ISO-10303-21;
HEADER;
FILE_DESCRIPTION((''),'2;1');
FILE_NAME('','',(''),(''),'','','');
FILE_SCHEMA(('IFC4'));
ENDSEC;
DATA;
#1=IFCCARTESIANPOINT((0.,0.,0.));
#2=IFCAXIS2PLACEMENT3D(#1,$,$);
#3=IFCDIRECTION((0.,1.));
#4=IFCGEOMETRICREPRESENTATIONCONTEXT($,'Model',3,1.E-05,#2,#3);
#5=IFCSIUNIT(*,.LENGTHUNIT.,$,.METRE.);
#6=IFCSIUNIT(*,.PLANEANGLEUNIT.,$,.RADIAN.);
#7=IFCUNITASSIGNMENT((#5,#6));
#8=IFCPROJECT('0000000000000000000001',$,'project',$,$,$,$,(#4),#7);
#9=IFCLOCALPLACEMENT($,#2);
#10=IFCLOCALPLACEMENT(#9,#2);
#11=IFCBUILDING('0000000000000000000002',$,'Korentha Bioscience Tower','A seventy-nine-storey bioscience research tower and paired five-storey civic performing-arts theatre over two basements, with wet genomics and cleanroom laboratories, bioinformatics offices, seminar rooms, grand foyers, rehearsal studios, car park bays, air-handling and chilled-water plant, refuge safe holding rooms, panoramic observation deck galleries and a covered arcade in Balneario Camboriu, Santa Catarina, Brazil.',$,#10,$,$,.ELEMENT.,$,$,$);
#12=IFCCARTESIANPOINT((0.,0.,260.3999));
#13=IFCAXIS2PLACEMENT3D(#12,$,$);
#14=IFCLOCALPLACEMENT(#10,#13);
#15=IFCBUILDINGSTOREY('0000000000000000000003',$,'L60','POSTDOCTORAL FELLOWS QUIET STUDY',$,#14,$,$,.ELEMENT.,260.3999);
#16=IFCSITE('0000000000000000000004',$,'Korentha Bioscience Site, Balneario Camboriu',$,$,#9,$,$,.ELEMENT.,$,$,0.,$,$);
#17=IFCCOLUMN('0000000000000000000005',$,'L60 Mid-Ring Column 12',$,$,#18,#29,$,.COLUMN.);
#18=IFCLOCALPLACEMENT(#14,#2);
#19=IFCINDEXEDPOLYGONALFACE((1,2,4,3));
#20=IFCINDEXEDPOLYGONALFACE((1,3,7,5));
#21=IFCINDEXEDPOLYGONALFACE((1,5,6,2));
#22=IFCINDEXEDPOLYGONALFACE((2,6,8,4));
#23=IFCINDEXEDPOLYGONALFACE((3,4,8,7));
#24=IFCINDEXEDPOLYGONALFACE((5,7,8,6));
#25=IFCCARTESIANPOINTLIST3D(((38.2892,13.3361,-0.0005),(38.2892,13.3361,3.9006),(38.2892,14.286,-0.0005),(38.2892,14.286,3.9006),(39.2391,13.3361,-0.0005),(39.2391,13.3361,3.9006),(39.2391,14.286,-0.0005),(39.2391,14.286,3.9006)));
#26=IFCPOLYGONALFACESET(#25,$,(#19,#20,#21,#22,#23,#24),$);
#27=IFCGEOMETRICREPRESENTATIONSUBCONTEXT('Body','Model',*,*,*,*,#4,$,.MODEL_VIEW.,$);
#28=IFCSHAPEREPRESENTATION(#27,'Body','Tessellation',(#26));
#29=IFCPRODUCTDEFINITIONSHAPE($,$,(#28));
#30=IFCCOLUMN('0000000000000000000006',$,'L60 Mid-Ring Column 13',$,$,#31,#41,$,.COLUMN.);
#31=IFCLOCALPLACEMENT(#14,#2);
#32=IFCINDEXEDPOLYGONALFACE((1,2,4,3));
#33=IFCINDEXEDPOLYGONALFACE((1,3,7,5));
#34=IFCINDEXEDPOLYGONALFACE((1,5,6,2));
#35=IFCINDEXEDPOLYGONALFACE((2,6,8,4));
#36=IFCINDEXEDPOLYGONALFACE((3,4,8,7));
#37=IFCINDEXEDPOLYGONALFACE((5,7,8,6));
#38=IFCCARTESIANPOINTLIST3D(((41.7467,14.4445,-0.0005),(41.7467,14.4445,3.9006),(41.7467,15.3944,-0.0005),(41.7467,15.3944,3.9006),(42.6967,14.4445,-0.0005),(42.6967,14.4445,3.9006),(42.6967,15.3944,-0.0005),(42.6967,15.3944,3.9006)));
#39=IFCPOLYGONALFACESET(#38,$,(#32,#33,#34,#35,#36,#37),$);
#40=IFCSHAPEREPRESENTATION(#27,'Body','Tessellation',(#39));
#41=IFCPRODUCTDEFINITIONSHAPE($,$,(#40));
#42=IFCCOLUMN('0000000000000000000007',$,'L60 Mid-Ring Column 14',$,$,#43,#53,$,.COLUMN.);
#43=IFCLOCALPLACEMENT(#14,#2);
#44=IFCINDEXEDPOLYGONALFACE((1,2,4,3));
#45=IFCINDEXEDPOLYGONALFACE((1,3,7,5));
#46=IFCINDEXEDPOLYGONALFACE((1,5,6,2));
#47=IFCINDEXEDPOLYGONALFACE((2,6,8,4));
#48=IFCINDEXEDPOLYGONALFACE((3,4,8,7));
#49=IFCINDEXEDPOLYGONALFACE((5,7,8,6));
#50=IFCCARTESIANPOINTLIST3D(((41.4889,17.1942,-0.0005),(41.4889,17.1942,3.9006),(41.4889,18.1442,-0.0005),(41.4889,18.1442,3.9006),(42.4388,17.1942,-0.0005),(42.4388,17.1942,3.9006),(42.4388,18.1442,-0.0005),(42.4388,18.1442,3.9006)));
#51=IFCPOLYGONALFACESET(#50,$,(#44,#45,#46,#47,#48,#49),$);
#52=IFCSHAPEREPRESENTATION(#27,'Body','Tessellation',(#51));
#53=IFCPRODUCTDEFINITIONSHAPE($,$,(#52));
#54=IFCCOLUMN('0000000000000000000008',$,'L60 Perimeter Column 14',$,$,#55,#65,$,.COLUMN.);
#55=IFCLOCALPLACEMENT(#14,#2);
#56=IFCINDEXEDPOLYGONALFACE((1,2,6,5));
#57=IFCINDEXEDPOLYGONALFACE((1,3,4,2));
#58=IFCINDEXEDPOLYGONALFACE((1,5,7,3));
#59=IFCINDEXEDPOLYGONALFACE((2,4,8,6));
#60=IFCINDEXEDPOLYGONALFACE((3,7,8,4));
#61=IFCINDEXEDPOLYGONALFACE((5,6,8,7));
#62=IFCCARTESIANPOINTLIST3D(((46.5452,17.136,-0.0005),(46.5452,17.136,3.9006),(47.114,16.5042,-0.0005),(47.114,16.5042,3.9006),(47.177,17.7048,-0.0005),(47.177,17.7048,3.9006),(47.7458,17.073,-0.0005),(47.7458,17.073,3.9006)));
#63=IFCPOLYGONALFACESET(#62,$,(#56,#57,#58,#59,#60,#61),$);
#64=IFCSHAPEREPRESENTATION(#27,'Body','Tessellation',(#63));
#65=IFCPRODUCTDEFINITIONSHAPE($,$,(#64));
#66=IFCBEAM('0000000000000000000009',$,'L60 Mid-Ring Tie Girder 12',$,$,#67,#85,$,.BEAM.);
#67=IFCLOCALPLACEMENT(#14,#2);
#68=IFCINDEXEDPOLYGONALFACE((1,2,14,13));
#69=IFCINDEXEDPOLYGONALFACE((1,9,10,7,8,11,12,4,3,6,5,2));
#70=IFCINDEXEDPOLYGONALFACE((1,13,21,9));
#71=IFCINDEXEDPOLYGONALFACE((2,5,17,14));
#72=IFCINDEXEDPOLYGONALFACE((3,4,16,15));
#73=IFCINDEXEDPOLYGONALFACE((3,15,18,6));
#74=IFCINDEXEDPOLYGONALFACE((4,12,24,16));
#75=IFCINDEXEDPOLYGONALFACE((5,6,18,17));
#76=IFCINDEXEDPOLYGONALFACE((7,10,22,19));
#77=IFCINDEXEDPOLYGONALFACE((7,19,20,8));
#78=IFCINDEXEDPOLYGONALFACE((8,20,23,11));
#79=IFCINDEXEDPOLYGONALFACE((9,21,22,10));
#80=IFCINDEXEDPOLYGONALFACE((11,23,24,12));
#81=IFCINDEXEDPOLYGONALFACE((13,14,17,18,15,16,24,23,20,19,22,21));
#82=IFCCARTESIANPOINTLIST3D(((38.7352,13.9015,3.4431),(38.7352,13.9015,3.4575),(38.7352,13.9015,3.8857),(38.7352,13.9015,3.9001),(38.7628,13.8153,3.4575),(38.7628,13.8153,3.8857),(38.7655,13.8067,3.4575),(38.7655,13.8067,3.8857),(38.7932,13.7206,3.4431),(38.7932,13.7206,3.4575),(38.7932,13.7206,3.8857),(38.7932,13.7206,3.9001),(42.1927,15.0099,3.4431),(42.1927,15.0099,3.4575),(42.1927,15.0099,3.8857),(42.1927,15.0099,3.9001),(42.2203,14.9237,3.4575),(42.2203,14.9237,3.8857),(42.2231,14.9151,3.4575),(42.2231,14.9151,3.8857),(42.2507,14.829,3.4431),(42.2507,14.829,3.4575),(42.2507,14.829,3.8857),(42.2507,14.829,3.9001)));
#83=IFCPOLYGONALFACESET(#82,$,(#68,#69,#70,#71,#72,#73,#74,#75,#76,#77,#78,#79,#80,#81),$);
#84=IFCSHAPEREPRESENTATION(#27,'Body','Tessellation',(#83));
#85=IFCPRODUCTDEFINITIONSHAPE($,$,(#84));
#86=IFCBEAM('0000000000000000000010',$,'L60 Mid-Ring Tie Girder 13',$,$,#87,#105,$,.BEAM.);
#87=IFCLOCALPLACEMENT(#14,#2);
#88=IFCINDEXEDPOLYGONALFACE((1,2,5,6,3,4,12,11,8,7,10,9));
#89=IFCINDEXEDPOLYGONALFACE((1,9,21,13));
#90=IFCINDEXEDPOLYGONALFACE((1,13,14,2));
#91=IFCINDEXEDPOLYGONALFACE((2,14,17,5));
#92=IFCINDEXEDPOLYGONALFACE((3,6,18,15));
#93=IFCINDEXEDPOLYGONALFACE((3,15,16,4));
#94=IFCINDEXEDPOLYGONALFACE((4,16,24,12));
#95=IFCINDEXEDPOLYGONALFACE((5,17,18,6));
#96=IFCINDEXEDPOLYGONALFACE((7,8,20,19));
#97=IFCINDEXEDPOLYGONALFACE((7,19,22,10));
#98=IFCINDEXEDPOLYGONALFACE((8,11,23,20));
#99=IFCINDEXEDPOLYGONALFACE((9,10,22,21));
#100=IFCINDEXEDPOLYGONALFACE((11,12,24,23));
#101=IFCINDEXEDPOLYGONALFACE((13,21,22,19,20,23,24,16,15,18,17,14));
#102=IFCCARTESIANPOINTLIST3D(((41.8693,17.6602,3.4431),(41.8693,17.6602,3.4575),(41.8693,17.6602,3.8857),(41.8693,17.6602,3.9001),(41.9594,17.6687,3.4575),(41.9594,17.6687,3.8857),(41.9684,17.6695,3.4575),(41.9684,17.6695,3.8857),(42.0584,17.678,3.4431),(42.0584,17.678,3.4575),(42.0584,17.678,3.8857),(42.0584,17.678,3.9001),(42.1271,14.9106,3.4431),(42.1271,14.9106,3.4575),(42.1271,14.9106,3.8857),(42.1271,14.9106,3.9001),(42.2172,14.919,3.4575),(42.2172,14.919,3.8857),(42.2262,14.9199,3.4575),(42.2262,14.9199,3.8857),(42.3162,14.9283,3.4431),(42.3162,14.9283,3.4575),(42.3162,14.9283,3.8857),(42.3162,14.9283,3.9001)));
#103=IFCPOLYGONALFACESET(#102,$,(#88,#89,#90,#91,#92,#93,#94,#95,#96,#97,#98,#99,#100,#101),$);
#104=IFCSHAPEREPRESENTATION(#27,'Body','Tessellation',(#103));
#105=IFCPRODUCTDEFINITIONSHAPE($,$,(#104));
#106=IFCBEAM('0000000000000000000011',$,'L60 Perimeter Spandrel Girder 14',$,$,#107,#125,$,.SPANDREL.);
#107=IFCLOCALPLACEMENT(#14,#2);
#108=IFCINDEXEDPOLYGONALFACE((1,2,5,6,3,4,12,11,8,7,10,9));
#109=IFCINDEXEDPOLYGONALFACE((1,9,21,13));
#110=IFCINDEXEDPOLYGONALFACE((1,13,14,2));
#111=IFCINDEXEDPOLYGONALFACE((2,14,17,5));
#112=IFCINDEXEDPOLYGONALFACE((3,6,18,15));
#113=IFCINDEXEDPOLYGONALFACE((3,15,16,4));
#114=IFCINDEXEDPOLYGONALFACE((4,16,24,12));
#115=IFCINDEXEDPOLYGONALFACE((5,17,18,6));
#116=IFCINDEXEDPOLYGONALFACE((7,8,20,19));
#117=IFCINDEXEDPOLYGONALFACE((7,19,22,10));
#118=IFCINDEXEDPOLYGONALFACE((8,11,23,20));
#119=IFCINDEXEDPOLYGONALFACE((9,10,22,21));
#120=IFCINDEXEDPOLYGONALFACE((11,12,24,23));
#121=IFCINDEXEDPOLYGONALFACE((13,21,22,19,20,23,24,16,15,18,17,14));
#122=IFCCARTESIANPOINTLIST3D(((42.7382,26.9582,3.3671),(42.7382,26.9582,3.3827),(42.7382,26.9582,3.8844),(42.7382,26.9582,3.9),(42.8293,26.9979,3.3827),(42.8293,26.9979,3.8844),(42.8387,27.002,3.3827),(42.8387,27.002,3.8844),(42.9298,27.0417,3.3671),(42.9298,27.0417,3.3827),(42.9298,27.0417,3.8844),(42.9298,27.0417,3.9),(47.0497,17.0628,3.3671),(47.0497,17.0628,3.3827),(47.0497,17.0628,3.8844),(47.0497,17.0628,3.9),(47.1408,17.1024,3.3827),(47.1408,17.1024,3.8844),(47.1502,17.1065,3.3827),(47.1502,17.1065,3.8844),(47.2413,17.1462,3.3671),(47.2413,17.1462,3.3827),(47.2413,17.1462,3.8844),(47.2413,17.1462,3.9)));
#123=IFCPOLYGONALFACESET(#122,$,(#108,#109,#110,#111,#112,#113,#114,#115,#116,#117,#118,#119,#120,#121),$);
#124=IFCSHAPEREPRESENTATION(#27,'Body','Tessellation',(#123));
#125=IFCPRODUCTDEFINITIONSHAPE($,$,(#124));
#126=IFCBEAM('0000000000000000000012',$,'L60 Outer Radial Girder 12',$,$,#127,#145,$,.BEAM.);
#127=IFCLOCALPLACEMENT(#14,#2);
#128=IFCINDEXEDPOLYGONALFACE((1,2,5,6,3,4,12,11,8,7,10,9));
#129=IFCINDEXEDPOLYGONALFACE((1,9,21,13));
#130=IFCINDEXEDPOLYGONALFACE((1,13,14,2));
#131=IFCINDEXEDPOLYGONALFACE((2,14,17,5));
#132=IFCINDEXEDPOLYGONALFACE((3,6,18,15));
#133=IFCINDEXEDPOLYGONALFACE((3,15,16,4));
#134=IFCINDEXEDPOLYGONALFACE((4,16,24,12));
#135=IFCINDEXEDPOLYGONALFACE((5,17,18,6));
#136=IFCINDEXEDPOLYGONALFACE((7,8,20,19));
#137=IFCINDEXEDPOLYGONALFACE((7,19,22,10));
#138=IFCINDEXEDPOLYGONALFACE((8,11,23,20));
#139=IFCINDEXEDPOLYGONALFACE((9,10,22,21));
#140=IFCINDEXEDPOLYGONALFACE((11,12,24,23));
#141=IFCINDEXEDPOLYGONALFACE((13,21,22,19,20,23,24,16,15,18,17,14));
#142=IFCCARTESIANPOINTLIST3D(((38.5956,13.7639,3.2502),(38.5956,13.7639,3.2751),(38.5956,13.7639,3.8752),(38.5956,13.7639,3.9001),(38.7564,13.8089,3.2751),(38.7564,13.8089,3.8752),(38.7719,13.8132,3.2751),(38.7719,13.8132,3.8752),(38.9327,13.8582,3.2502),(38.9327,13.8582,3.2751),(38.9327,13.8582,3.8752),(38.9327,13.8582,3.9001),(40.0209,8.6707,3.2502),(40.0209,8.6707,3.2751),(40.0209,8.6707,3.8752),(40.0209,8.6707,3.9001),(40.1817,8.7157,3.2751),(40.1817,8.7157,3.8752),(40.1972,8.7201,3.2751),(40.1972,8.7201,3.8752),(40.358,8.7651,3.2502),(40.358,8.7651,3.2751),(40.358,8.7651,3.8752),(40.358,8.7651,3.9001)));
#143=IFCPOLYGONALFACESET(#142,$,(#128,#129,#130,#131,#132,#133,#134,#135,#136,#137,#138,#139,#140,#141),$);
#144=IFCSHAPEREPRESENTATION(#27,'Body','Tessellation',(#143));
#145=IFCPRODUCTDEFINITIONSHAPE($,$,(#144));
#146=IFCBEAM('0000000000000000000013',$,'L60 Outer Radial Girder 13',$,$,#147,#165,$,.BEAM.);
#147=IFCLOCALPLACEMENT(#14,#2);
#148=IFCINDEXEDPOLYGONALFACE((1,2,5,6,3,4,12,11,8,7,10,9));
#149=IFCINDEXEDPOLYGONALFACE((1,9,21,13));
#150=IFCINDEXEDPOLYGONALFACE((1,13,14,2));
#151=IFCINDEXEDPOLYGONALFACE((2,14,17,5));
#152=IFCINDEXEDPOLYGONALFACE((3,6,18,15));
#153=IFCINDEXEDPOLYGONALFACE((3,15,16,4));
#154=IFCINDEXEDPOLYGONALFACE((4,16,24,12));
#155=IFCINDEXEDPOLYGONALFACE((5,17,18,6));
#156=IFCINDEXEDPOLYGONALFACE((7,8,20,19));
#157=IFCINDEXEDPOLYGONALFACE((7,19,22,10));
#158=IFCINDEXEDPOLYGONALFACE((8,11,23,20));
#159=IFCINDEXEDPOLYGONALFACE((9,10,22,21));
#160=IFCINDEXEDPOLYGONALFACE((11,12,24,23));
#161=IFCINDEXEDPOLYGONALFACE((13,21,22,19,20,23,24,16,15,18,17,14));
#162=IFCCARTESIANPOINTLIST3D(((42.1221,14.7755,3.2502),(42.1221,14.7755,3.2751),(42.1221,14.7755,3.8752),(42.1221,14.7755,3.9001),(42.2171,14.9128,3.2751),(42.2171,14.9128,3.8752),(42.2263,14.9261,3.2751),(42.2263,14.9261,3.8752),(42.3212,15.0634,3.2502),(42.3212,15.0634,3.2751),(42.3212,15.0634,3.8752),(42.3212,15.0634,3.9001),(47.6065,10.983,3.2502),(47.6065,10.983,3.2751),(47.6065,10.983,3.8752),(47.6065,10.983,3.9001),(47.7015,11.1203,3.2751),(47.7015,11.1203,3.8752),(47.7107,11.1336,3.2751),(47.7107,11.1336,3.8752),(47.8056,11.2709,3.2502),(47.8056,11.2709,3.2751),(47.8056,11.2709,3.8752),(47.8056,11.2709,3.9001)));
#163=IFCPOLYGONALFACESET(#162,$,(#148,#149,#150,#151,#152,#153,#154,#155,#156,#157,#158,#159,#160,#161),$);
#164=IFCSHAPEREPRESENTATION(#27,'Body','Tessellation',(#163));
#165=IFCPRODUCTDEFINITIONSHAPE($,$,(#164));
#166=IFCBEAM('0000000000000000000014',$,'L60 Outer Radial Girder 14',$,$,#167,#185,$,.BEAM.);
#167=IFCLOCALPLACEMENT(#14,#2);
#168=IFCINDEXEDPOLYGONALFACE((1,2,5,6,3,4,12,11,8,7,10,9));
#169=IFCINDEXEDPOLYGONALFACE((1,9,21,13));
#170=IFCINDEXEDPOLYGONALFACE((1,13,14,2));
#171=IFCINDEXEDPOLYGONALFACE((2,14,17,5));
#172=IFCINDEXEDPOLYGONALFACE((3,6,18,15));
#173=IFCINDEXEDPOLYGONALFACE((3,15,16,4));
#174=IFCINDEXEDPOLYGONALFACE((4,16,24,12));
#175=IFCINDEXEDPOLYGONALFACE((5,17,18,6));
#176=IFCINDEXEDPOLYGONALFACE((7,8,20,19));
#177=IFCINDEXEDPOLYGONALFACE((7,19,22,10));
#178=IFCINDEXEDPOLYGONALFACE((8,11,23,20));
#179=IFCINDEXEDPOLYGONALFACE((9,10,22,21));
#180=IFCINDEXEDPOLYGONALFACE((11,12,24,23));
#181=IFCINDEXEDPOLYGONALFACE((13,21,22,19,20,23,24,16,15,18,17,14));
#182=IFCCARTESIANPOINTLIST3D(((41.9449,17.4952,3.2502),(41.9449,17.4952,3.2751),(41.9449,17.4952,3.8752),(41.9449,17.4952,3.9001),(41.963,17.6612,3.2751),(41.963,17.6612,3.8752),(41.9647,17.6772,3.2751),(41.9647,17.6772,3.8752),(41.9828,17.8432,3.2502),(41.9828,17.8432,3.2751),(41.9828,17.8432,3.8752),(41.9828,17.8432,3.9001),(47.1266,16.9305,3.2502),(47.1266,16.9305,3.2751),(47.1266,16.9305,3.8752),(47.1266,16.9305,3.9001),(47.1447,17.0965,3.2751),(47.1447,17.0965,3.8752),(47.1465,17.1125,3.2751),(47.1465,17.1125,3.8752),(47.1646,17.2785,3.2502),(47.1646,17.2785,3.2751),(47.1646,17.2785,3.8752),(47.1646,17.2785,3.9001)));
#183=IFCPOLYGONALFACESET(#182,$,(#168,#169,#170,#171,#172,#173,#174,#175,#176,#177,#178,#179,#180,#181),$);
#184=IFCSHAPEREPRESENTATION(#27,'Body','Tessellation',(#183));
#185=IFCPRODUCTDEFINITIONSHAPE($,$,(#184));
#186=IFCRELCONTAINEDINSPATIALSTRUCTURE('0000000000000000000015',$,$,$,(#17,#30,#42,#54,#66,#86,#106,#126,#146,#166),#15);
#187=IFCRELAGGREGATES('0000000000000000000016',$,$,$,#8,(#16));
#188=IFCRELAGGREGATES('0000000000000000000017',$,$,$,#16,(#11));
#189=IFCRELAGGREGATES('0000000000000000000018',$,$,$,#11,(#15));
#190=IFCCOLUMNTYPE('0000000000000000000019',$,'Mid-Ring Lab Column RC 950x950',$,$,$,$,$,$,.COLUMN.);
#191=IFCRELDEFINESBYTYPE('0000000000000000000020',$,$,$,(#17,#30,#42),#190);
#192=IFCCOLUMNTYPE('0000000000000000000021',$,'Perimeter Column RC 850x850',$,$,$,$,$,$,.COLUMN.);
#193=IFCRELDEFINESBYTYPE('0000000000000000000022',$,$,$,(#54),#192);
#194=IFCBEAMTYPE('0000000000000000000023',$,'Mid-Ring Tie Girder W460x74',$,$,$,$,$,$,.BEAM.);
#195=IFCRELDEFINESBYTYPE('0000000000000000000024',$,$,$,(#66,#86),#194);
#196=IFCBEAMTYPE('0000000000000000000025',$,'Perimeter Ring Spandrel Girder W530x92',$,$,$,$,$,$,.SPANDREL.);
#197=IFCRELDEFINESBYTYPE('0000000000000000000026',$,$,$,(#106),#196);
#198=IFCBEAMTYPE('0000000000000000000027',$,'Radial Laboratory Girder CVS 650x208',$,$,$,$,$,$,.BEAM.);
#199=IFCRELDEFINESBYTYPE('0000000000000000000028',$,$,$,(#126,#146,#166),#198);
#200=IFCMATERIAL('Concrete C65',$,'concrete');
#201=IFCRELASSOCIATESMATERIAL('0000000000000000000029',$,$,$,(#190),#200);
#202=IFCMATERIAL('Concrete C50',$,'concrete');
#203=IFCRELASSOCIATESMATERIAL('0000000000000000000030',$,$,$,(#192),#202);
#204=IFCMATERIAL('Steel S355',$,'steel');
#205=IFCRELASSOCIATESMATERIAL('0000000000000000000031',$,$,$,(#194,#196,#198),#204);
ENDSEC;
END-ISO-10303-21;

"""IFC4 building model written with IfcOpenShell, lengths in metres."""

from ifc_helpers import new_model, si_unit, direction, frame, origin, origin_2d, place, context, subcontext, project, spatial, rectangle, i_section, extrude, material, material_profile, profile_set, type_object, element, save


model = new_model("IFC4")

# Units and contexts
model_context = context("Model", 3, precision=1e-05, world=origin(), true_north=direction((0.0, 1.0)))
body_context = subcontext(model_context, "Body", "Model", "MODEL_VIEW")
ifc_project = project(units=[si_unit("LENGTHUNIT", "METRE"), si_unit("PLANEANGLEUNIT", "RADIAN")], contexts=[model_context])

# Site, building, storey
site_placement = place(None, origin())
site = spatial("IfcSite", under=ifc_project, at=site_placement, Name="Korentha Bioscience Site, Balneario Camboriu", CompositionType="ELEMENT", RefElevation=0.0)
building_placement = place(site_placement, origin())
building = spatial("IfcBuilding", under=site, at=building_placement, Name="Korentha Bioscience Tower", Description="A seventy-nine-storey bioscience research tower and paired five-storey civic performing-arts theatre over two basements, with wet genomics and cleanroom laboratories, bioinformatics offices, seminar rooms, grand foyers, rehearsal studios, car park bays, air-handling and chilled-water plant, refuge safe holding rooms, panoramic observation deck galleries and a covered arcade in Balneario Camboriu, Santa Catarina, Brazil.", CompositionType="ELEMENT")
storey_placement = place(building_placement, frame((0.0, 0.0, 260.3999)))
storey = spatial("IfcBuildingStorey", under=building, at=storey_placement, Name="L60", Description="POSTDOCTORAL FELLOWS QUIET STUDY", CompositionType="ELEMENT", Elevation=260.3999)

# Columns
ifc_material_1 = material(Name="Concrete C65", Category="concrete")
ifc_material_profile_1 = material_profile(ifc_material_1, rectangle(XDim=0.95, YDim=0.95, at=origin_2d()), Name="Concrete C65")
ifc_profile_set_1 = profile_set([ifc_material_profile_1], Name="Concrete C65 (COL-MR09)")
column_type_1 = type_object("IfcColumnType", Name="Mid-Ring Lab Column RC 950x950", PredefinedType="COLUMN", material=ifc_profile_set_1)
for number, where, z_axis, x_axis, name in (
    (1, (38.7642, 13.811, -0.0005), (0.0, 0.0, 1.0), (1.0, 0.0, 0.0), "L60 Mid-Ring Column 12"),
    (2, (42.2217, 14.9194, -0.0005), (0.0, 0.0, 1.0), (1.0, 0.0, 0.0), "L60 Mid-Ring Column 13"),
    (3, (41.9639, 17.6692, -0.0005), (0.0, 0.0, 1.0), (1.0, 0.0, 0.0), "L60 Mid-Ring Column 14"),
):
    element("IfcColumn", number, at=place(storey_placement, frame(where, z_axis=z_axis, x_axis=x_axis)), inside=storey, type_object=column_type_1, Name=name, PredefinedType="COLUMN", context=body_context, shape_type="SweptSolid", body=[
        extrude(rectangle(XDim=0.95, YDim=0.95, at=origin_2d()), origin(), (0.0, 0.0, 1.0), 3.9011),
    ])
ifc_material_2 = material(Name="Concrete C50", Category="concrete")
ifc_material_profile_2 = material_profile(ifc_material_2, rectangle(XDim=0.8501, YDim=0.8501, at=origin_2d()), Name="Concrete C50")
ifc_profile_set_2 = profile_set([ifc_material_profile_2], Name="Concrete C50 (COL-P08)")
column_type_2 = type_object("IfcColumnType", Name="Perimeter Column RC 850x850", PredefinedType="COLUMN", material=ifc_profile_set_2)
column_placement = place(storey_placement, frame((47.1455, 17.1045, -0.0005), z_axis=(0.0, 0.0, 1.0), x_axis=(-0.669131, 0.743145, 0.0)))
element("IfcColumn", 4, at=column_placement, inside=storey, type_object=column_type_2, Name="L60 Perimeter Column 14", PredefinedType="COLUMN", context=body_context, shape_type="SweptSolid", body=[
    extrude(rectangle(XDim=0.8501, YDim=0.8501, at=origin_2d()), origin(), (0.0, 0.0, 1.0), 3.9011),
])

# Beams
ifc_material_3 = material(Name="Steel S355", Category="steel")
ifc_material_profile_3 = material_profile(ifc_material_3, i_section(OverallWidth=0.1899, OverallDepth=0.457, WebThickness=0.009, FlangeThickness=0.0144, at=origin_2d()), Name="Steel S355")
ifc_profile_set_3 = profile_set([ifc_material_profile_3], Name="Steel S355 (MB-460)")
beam_type_1 = type_object("IfcBeamType", Name="Mid-Ring Tie Girder W460x74", PredefinedType="BEAM", material=ifc_profile_set_3)
beam_1_placement = place(storey_placement, frame((38.7642, 13.811, 3.6716), z_axis=(0.952265, 0.305273, 0.0), x_axis=(-0.305273, 0.952265, 0.0)))
element("IfcBeam", 5, at=beam_1_placement, inside=storey, type_object=beam_type_1, Name="L60 Mid-Ring Tie Girder 12", PredefinedType="BEAM", context=body_context, shape_type="SweptSolid", body=[
    extrude(i_section(OverallWidth=0.1899, OverallDepth=0.457, WebThickness=0.009, FlangeThickness=0.0144, at=origin_2d()), origin(), (0.0, 0.0, 1.0), 3.6309),
])
beam_2_placement = place(storey_placement, frame((42.2217, 14.9194, 3.6716), z_axis=(-0.093349, 0.995633, 0.0), x_axis=(-0.995633, -0.093349, 0.0)))
element("IfcBeam", 6, at=beam_2_placement, inside=storey, type_object=beam_type_1, Name="L60 Mid-Ring Tie Girder 13", PredefinedType="BEAM", context=body_context, shape_type="SweptSolid", body=[
    extrude(i_section(OverallWidth=0.1899, OverallDepth=0.457, WebThickness=0.009, FlangeThickness=0.0144, at=origin_2d()), origin(), (0.0, 0.0, 1.0), 2.7617),
])
ifc_material_profile_4 = material_profile(ifc_material_3, i_section(OverallWidth=0.209, OverallDepth=0.533, WebThickness=0.0103, FlangeThickness=0.0156, at=origin_2d()), Name="Steel S355")
ifc_profile_set_4 = profile_set([ifc_material_profile_4], Name="Steel S355 (SB-530)")
beam_type_2 = type_object("IfcBeamType", Name="Perimeter Ring Spandrel Girder W530x92", PredefinedType="SPANDREL", material=ifc_profile_set_4)
beam_3_placement = place(storey_placement, frame((47.1455, 17.1045, 3.6335), z_axis=(-0.399437, 0.916761, 0.0), x_axis=(-0.916761, -0.399437, 0.0)))
element("IfcBeam", 7, at=beam_3_placement, inside=storey, type_object=beam_type_2, Name="L60 Perimeter Spandrel Girder 14", PredefinedType="SPANDREL", context=body_context, shape_type="SweptSolid", body=[
    extrude(i_section(OverallWidth=0.209, OverallDepth=0.533, WebThickness=0.0103, FlangeThickness=0.0156, at=origin_2d()), origin(), (0.0, 0.0, 1.0), 10.7939),
])
ifc_material_profile_5 = material_profile(ifc_material_3, i_section(OverallWidth=0.3501, OverallDepth=0.6499, WebThickness=0.0161, FlangeThickness=0.0249, at=origin_2d()), Name="Steel S355")
ifc_profile_set_5 = profile_set([ifc_material_profile_5], Name="Steel S355 (RB-650)")
beam_type_3 = type_object("IfcBeamType", Name="Radial Laboratory Girder CVS 650x208", PredefinedType="BEAM", material=ifc_profile_set_5)
beam_4_placement = place(storey_placement, frame((38.7642, 13.811, 3.5752), z_axis=(0.269486, -0.963004, 0.0), x_axis=(0.963004, 0.269486, 0.0)))
element("IfcBeam", 8, at=beam_4_placement, inside=storey, type_object=beam_type_3, Name="L60 Outer Radial Girder 12", PredefinedType="BEAM", context=body_context, shape_type="SweptSolid", body=[
    extrude(i_section(OverallWidth=0.3501, OverallDepth=0.6499, WebThickness=0.0161, FlangeThickness=0.0249, at=origin_2d()), origin(), (0.0, 0.0, 1.0), 5.2888),
])
beam_5_placement = place(storey_placement, frame((42.2217, 14.9194, 3.5752), z_axis=(0.822501, -0.568764, 0.0), x_axis=(0.568764, 0.822501, 0.0)))
element("IfcBeam", 9, at=beam_5_placement, inside=storey, type_object=beam_type_3, Name="L60 Outer Radial Girder 13", PredefinedType="BEAM", context=body_context, shape_type="SweptSolid", body=[
    extrude(i_section(OverallWidth=0.3501, OverallDepth=0.6499, WebThickness=0.0161, FlangeThickness=0.0249, at=origin_2d()), origin(), (0.0, 0.0, 1.0), 6.668),
])
beam_6_placement = place(storey_placement, frame((41.9639, 17.6692, 3.5752), z_axis=(0.994114, -0.108339, 0.0), x_axis=(0.108339, 0.994114, 0.0)))
element("IfcBeam", 10, at=beam_6_placement, inside=storey, type_object=beam_type_3, Name="L60 Outer Radial Girder 14", PredefinedType="BEAM", context=body_context, shape_type="SweptSolid", body=[
    extrude(i_section(OverallWidth=0.3501, OverallDepth=0.6499, WebThickness=0.0161, FlangeThickness=0.0249, at=origin_2d()), origin(), (0.0, 0.0, 1.0), 5.2124),
])

save(model, "model.ifc")
